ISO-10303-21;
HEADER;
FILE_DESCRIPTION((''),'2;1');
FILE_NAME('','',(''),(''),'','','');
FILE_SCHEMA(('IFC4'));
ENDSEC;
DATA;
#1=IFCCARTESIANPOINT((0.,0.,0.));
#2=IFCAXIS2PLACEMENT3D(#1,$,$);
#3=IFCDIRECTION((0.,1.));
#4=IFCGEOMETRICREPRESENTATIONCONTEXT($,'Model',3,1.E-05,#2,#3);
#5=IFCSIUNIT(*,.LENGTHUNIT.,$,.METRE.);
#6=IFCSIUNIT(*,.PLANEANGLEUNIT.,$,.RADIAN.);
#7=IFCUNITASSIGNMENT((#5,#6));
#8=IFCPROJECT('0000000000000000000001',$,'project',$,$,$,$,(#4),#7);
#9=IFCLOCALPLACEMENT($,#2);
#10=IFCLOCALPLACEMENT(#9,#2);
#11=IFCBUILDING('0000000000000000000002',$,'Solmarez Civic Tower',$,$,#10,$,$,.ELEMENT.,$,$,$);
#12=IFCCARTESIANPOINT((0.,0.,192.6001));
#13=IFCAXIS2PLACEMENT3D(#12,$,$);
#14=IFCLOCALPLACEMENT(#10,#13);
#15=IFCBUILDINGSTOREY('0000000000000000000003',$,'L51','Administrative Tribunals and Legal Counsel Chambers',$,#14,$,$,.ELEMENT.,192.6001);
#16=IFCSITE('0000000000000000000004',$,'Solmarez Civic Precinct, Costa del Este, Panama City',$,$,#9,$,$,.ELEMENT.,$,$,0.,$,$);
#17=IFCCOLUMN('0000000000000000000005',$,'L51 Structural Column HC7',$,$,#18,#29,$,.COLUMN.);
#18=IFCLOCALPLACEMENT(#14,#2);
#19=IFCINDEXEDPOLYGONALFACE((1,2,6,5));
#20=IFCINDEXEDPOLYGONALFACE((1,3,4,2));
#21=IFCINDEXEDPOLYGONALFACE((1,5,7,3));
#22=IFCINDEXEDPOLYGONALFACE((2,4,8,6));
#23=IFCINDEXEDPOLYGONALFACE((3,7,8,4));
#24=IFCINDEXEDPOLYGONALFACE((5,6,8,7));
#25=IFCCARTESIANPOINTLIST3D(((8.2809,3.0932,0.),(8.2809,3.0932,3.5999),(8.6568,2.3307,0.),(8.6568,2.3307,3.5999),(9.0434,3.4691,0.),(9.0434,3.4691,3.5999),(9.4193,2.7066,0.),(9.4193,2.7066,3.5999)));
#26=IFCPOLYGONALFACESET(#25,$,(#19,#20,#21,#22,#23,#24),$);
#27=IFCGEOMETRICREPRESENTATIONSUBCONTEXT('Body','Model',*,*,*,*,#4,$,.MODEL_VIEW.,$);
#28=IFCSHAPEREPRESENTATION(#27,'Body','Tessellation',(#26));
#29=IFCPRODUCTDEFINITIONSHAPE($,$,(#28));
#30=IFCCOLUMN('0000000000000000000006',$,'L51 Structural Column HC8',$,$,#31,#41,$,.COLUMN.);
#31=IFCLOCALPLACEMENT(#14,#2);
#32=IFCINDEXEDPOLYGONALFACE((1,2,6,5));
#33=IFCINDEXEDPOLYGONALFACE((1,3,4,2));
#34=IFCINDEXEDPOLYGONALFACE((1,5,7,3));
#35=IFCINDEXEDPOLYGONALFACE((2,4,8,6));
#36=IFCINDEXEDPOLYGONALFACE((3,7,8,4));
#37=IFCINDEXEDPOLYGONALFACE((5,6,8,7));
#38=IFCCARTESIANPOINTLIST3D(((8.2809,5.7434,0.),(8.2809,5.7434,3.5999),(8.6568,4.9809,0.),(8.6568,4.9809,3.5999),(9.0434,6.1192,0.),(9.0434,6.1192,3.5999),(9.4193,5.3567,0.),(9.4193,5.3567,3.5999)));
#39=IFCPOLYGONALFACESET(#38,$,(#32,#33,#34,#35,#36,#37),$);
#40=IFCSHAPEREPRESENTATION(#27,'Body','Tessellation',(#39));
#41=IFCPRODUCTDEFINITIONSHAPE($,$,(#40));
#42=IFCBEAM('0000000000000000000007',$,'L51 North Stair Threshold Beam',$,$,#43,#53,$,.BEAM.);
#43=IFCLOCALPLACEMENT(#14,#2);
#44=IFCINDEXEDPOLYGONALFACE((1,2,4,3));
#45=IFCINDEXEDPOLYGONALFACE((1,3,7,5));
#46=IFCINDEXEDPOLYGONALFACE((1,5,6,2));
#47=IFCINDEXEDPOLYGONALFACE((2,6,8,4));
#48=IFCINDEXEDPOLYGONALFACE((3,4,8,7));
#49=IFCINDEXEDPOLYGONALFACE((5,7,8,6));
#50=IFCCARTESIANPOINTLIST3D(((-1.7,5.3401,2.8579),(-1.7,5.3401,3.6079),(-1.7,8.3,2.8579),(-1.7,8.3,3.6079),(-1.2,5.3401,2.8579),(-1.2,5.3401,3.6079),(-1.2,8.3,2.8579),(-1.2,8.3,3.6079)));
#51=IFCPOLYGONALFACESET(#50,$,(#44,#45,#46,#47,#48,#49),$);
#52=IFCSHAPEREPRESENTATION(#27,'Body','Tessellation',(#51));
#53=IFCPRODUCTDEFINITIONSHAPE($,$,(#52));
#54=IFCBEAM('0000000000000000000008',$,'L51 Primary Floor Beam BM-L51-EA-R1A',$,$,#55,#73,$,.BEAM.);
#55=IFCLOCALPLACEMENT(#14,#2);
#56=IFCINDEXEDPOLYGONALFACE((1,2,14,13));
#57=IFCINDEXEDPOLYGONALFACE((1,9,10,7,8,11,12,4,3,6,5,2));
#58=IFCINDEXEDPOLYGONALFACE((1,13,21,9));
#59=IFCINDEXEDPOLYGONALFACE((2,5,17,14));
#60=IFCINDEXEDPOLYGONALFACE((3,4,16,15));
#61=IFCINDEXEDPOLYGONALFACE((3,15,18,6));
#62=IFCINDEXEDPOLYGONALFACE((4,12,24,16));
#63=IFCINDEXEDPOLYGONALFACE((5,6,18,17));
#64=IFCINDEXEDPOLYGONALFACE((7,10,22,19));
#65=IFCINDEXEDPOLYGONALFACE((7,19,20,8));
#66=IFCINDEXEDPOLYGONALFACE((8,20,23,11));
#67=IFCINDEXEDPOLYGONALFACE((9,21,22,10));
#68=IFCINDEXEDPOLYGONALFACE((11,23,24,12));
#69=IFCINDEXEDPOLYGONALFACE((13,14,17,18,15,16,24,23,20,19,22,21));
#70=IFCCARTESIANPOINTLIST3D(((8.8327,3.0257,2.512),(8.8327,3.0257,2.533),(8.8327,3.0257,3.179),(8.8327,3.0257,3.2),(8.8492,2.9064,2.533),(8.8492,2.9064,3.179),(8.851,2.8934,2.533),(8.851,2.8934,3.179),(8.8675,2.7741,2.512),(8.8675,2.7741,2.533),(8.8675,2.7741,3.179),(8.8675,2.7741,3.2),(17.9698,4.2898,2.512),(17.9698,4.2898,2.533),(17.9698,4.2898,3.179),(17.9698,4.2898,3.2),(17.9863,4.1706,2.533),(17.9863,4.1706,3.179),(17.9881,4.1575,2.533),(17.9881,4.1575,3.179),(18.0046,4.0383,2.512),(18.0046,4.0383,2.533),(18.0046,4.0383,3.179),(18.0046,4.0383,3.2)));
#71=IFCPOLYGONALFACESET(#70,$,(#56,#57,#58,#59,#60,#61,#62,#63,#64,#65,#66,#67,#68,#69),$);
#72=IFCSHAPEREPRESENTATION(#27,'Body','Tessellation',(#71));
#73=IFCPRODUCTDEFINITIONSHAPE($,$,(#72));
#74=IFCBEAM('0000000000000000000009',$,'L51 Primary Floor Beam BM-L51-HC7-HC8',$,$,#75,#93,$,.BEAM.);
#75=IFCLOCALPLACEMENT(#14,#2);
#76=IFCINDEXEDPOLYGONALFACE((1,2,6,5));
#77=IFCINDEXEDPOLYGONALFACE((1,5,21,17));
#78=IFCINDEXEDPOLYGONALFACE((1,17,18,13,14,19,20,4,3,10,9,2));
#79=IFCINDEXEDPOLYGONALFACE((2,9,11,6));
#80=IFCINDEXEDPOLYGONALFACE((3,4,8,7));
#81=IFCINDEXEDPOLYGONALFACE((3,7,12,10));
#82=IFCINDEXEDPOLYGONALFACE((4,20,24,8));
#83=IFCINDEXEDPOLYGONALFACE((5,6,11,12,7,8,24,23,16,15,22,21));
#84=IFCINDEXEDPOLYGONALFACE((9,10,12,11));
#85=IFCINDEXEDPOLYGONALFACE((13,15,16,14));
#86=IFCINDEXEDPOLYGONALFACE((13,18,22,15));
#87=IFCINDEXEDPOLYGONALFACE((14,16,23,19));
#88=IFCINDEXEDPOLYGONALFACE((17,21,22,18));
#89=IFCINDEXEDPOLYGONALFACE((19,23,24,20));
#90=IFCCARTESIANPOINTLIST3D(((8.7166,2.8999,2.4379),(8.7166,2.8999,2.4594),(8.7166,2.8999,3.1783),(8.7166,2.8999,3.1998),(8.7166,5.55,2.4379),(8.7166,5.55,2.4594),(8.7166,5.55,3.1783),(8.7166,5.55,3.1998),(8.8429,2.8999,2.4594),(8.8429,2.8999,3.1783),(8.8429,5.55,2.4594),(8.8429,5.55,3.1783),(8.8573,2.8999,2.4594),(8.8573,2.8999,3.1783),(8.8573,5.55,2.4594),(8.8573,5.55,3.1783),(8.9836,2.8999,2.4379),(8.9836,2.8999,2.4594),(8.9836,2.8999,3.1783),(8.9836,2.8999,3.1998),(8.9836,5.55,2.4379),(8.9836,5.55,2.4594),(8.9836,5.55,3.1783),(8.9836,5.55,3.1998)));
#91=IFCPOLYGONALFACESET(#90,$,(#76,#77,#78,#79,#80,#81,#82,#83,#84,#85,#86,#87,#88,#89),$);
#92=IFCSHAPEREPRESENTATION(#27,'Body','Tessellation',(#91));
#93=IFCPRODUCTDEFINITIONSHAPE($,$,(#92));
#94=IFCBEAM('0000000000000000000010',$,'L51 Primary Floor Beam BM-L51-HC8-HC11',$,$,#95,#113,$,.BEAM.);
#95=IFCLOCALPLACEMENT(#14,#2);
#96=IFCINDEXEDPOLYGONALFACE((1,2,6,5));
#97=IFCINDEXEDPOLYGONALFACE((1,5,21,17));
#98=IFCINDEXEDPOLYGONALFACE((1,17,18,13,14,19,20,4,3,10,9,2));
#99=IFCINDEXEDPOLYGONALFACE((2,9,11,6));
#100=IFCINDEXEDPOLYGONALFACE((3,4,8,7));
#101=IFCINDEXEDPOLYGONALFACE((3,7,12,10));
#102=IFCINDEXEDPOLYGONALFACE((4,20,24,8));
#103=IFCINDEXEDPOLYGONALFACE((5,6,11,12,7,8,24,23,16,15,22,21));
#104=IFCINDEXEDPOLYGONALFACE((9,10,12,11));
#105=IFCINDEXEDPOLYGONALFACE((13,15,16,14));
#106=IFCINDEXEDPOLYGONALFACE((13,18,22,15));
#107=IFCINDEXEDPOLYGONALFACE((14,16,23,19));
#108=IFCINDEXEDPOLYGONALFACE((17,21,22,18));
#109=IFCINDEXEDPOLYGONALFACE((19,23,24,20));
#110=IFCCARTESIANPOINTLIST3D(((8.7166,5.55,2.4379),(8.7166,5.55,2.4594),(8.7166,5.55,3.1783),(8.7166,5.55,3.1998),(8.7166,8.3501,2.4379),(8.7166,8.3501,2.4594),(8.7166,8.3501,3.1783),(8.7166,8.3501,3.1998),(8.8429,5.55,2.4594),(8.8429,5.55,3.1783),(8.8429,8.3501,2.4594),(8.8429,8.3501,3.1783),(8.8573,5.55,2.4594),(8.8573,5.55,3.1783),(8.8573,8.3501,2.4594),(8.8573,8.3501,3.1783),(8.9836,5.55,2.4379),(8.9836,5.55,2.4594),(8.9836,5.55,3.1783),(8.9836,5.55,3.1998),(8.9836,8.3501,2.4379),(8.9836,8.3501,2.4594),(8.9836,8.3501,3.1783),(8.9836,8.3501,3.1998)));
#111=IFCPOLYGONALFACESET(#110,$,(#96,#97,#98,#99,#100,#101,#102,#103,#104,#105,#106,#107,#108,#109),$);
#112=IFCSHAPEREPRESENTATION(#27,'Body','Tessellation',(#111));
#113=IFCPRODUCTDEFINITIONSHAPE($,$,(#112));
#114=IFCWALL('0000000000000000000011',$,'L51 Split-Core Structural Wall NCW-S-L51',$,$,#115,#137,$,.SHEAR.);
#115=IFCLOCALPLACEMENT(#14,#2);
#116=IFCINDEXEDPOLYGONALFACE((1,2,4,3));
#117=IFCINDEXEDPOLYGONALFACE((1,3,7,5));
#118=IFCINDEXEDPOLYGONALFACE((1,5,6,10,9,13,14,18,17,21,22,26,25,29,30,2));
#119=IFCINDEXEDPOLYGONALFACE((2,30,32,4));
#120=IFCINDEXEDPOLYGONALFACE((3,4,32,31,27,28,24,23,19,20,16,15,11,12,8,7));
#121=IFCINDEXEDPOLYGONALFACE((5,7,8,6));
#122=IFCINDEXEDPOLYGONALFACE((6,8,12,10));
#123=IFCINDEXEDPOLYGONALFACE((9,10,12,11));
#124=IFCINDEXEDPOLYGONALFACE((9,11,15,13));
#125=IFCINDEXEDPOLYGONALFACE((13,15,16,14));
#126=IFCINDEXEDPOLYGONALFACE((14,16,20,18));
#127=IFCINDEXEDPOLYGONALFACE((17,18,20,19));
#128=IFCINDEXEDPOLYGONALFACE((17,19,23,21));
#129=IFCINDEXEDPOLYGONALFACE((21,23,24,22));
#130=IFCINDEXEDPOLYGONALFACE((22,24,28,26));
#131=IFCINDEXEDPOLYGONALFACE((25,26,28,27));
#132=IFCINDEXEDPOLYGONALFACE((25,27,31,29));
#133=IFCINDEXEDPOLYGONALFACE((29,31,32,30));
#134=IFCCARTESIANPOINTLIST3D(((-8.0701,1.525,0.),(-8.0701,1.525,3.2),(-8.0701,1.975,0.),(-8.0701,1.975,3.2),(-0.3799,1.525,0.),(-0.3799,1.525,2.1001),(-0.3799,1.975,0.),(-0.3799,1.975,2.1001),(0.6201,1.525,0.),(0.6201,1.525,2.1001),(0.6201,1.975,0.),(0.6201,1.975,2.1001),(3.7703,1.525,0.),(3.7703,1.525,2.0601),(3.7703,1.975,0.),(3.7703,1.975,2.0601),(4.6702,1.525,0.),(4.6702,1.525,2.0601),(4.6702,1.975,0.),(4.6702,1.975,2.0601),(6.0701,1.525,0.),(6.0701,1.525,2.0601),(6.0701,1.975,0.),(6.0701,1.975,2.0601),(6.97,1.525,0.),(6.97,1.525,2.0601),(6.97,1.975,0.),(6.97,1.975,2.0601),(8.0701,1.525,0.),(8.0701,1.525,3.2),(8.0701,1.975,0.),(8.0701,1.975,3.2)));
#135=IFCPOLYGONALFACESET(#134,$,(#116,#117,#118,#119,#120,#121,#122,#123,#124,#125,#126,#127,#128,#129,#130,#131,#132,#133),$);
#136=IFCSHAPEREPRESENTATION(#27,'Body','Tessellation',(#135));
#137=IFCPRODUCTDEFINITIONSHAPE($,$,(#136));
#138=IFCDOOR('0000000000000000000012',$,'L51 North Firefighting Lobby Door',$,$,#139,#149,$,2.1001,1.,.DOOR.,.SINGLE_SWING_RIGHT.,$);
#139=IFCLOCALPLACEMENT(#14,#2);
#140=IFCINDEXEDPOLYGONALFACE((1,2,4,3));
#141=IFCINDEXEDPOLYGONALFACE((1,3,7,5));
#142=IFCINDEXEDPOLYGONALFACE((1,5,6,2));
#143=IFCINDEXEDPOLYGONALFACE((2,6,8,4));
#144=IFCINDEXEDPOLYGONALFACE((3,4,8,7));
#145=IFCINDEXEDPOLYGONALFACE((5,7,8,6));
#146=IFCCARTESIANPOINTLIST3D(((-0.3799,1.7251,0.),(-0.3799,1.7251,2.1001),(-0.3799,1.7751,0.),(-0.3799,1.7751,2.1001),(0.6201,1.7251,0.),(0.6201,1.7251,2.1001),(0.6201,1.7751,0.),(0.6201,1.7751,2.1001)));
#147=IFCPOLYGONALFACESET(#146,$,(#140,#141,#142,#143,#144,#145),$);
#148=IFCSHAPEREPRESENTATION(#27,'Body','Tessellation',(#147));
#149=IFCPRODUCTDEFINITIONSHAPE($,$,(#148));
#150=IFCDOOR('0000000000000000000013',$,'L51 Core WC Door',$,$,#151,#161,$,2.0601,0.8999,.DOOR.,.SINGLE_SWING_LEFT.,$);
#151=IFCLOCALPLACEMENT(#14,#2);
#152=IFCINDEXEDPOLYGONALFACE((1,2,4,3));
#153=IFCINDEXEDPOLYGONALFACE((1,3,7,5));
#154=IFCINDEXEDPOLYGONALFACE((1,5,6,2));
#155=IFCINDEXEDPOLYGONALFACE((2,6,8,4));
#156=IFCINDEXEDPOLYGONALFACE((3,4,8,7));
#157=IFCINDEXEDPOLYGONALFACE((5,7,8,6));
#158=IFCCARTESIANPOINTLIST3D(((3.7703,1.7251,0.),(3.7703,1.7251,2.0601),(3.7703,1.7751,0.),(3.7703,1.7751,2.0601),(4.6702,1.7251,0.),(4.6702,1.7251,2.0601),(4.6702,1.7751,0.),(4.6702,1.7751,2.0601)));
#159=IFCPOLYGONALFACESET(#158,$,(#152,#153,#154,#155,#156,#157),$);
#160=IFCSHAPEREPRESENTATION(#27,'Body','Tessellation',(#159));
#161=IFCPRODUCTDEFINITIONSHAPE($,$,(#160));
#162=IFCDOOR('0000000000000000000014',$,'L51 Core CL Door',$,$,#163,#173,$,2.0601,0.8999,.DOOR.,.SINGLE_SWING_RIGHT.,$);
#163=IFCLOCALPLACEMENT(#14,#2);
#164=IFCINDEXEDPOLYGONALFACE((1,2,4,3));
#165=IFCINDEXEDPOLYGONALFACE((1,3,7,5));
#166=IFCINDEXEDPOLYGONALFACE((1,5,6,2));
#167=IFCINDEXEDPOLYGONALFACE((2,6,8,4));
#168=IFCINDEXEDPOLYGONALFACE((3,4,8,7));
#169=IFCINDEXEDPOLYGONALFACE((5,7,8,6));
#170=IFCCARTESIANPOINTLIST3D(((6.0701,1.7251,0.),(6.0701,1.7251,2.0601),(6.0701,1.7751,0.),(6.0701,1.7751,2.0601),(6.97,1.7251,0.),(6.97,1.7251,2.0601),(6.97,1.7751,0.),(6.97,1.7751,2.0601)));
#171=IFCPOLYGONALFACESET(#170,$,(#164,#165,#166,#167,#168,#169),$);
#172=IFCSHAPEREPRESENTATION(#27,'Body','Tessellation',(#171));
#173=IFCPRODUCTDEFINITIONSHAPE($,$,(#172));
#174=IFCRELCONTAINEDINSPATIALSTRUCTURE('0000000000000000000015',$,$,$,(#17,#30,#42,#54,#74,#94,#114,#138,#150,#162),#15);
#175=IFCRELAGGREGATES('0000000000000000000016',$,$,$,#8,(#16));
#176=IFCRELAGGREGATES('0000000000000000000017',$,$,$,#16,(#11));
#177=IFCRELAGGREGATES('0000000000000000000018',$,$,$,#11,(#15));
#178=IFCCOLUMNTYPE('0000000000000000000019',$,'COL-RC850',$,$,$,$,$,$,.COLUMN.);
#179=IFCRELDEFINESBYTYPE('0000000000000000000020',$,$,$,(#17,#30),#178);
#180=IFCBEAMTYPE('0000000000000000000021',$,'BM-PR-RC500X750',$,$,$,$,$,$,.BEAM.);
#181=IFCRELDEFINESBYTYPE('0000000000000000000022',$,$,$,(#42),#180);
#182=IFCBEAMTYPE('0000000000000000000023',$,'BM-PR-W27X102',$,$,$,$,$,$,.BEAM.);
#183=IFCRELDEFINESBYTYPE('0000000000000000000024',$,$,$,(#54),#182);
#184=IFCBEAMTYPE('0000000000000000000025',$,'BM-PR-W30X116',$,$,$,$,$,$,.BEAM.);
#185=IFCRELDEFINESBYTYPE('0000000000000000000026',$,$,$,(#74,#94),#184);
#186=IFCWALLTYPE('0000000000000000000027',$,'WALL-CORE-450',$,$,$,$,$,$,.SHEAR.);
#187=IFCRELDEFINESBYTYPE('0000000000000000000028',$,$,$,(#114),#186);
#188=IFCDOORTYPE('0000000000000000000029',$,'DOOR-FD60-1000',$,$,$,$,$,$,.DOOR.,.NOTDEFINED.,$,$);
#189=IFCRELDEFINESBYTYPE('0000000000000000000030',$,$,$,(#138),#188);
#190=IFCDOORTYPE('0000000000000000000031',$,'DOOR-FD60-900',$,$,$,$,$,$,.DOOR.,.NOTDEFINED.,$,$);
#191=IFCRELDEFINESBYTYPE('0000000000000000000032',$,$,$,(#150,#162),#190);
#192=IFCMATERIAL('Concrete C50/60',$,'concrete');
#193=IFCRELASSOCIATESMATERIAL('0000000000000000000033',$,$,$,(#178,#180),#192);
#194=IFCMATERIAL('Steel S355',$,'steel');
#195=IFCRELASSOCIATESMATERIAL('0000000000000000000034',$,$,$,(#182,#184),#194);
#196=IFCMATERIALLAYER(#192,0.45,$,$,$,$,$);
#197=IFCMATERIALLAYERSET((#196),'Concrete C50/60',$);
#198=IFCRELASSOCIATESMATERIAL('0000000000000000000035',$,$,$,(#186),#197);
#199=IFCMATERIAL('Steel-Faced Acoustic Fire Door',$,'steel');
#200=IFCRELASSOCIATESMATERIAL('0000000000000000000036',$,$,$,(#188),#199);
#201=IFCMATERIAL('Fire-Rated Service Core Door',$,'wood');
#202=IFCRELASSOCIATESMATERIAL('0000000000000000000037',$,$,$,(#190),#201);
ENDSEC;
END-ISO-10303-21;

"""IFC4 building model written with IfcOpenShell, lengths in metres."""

from ifc_helpers import new_model, si_unit, direction, frame, frame_2d, origin, origin_2d, place, context, subcontext, project, spatial, rectangle, i_section, extrude, material, layer, layer_set, material_profile, profile_set, type_object, element, fill, save


model = new_model("IFC4")

# Units and contexts
model_context = context("Model", 3, precision=1e-05, world=origin(), true_north=direction((0.0, 1.0)))
body_context = subcontext(model_context, "Body", "Model", "MODEL_VIEW")
ifc_project = project(units=[si_unit("LENGTHUNIT", "METRE"), si_unit("PLANEANGLEUNIT", "RADIAN")], contexts=[model_context])

# Site, building, storey
site_placement = place(None, origin())
site = spatial("IfcSite", under=ifc_project, at=site_placement, Name="Solmarez Civic Precinct, Costa del Este, Panama City", CompositionType="ELEMENT", RefElevation=0.0)
building_placement = place(site_placement, origin())
building = spatial("IfcBuilding", under=site, at=building_placement, Name="Solmarez Civic Tower", CompositionType="ELEMENT")
storey_placement = place(building_placement, frame((0.0, 0.0, 192.6001)))
storey = spatial("IfcBuildingStorey", under=building, at=storey_placement, Name="L51", Description="Administrative Tribunals and Legal Counsel Chambers", CompositionType="ELEMENT", Elevation=192.6001)

# Columns
ifc_material_1 = material(Name="Concrete C50/60", Category="concrete")
ifc_material_profile_1 = material_profile(ifc_material_1, rectangle(XDim=0.8501, YDim=0.8501, at=origin_2d()), Name="RC850X850")
ifc_profile_set_1 = profile_set([ifc_material_profile_1], Name="Concrete C50/60")
column_type = type_object("IfcColumnType", Name="COL-RC850", PredefinedType="COLUMN", material=ifc_profile_set_1)
for number, where, z_axis, x_axis, name in (
    (1, (8.8501, 2.8999, 0.0), (0.0, 0.0, 1.0), (0.89695, 0.442132, 0.0), "L51 Structural Column HC7"),
    (2, (8.8501, 5.55, 0.0), (0.0, 0.0, 1.0), (0.89695, 0.442132, 0.0), "L51 Structural Column HC8"),
):
    element("IfcColumn", number, at=place(storey_placement, frame(where, z_axis=z_axis, x_axis=x_axis)), inside=storey, type_object=column_type, Name=name, PredefinedType="COLUMN", context=body_context, shape_type="SweptSolid", body=[
        extrude(rectangle(XDim=0.8501, YDim=0.8501, at=origin_2d()), origin(), (0.0, 0.0, 1.0), 3.5999),
    ])

# Beams
ifc_material_profile_2 = material_profile(ifc_material_1, rectangle(XDim=0.5, YDim=0.75, at=origin_2d()), Name="RC500X750")
ifc_profile_set_2 = profile_set([ifc_material_profile_2], Name="Concrete C50/60")
beam_type_1 = type_object("IfcBeamType", Name="BM-PR-RC500X750", PredefinedType="BEAM", material=ifc_profile_set_2)
beam_1_placement = place(storey_placement, frame((-1.45, 5.3401, 3.2329), z_axis=(0.0, 1.0, 0.0), x_axis=(-1.0, 0.0, 0.0)))
element("IfcBeam", 3, at=beam_1_placement, inside=storey, type_object=beam_type_1, Name="L51 North Stair Threshold Beam", PredefinedType="BEAM", context=body_context, shape_type="SweptSolid", body=[
    extrude(rectangle(XDim=0.5, YDim=0.75, at=origin_2d()), origin(), (0.0, 0.0, 1.0), 2.96),
])
ifc_material_2 = material(Name="Steel S355", Category="steel")
ifc_material_profile_3 = material_profile(ifc_material_2, i_section(OverallWidth=0.2539, OverallDepth=0.688, WebThickness=0.0132, FlangeThickness=0.021, at=origin_2d()), Name="W27X102")
ifc_profile_set_3 = profile_set([ifc_material_profile_3], Name="Steel S355")
beam_type_2 = type_object("IfcBeamType", Name="BM-PR-W27X102", PredefinedType="BEAM", material=ifc_profile_set_3)
beam_2_placement = place(storey_placement, frame((8.8501, 2.8999, 2.856), z_axis=(0.990564, 0.137051, 0.0), x_axis=(-0.137051, 0.990564, 0.0)))
element("IfcBeam", 4, at=beam_2_placement, inside=storey, type_object=beam_type_2, Name="L51 Primary Floor Beam BM-L51-EA-R1A", PredefinedType="BEAM", context=body_context, shape_type="SweptSolid", body=[
    extrude(i_section(OverallWidth=0.2539, OverallDepth=0.688, WebThickness=0.0132, FlangeThickness=0.021, at=origin_2d()), origin(), (0.0, 0.0, 1.0), 9.2241),
])
ifc_material_profile_4 = material_profile(ifc_material_2, i_section(OverallWidth=0.2671, OverallDepth=0.762, WebThickness=0.0144, FlangeThickness=0.0215, at=origin_2d()), Name="W30X116")
ifc_profile_set_4 = profile_set([ifc_material_profile_4], Name="Steel S355")
beam_type_3 = type_object("IfcBeamType", Name="BM-PR-W30X116", PredefinedType="BEAM", material=ifc_profile_set_4)
beam_3_placement = place(storey_placement, frame((8.8501, 2.8999, 2.8188), z_axis=(0.0, 1.0, 0.0), x_axis=(-1.0, 0.0, 0.0)))
element("IfcBeam", 5, at=beam_3_placement, inside=storey, type_object=beam_type_3, Name="L51 Primary Floor Beam BM-L51-HC7-HC8", PredefinedType="BEAM", context=body_context, shape_type="SweptSolid", body=[
    extrude(i_section(OverallWidth=0.2671, OverallDepth=0.762, WebThickness=0.0144, FlangeThickness=0.0215, at=origin_2d()), origin(), (0.0, 0.0, 1.0), 2.6501),
])
beam_4_placement = place(storey_placement, frame((8.8501, 5.55, 2.8188), z_axis=(0.0, 1.0, 0.0), x_axis=(-1.0, 0.0, 0.0)))
element("IfcBeam", 6, at=beam_4_placement, inside=storey, type_object=beam_type_3, Name="L51 Primary Floor Beam BM-L51-HC8-HC11", PredefinedType="BEAM", context=body_context, shape_type="SweptSolid", body=[
    extrude(i_section(OverallWidth=0.2671, OverallDepth=0.762, WebThickness=0.0144, FlangeThickness=0.0215, at=origin_2d()), origin(), (0.0, 0.0, 1.0), 2.8),
])

# Wall, openings, doors
ifc_layer_1 = layer(ifc_material_1, 0.45)
ifc_layer_set_1 = layer_set([ifc_layer_1], Name="Concrete C50/60")
wall_type_1 = type_object("IfcWallType", Name="WALL-CORE-450", PredefinedType="SHEAR", material=ifc_layer_set_1)
wall_1_placement = place(storey_placement, frame((8.0701, 1.75, 0.0), z_axis=(0.0, 0.0, 1.0), x_axis=(-1.0, 0.0, 0.0)))
wall_1 = element("IfcWall", 7, at=wall_1_placement, inside=storey, type_object=wall_type_1, Name="L51 Split-Core Structural Wall NCW-S-L51", PredefinedType="SHEAR", context=body_context, shape_type="SweptSolid", body=[
    extrude(rectangle(XDim=16.1401, YDim=0.45, at=frame_2d((8.0701, 0.0))), origin(), (0.0, 0.0, 1.0), 3.2),
])
opening_1_placement = place(wall_1_placement, frame((7.45, 0.0, 0.0)))
opening_1 = element("IfcOpeningElement", 8, at=opening_1_placement, cuts=wall_1, PredefinedType="OPENING", context=body_context, shape_type="SweptSolid", body=[
    extrude(rectangle(XDim=1.0, YDim=2.1001, at=frame_2d((0.5, 1.05))), frame((0.0, 0.2349, 0.0), z_axis=(0.0, -1.0, 0.0), x_axis=(1.0, 0.0, 0.0)), (0.0, 0.0, 1.0), 0.47),
])
opening_2_placement = place(wall_1_placement, frame((3.3999, 0.0, 0.0)))
opening_2 = element("IfcOpeningElement", 9, at=opening_2_placement, cuts=wall_1, PredefinedType="OPENING", context=body_context, shape_type="SweptSolid", body=[
    extrude(rectangle(XDim=0.8999, YDim=2.0601, at=frame_2d((0.45, 1.03))), frame((0.0, 0.2349, 0.0), z_axis=(0.0, -1.0, 0.0), x_axis=(1.0, 0.0, 0.0)), (0.0, 0.0, 1.0), 0.47),
])
opening_3_placement = place(wall_1_placement, frame((1.1001, 0.0, 0.0)))
opening_3 = element("IfcOpeningElement", 10, at=opening_3_placement, cuts=wall_1, PredefinedType="OPENING", context=body_context, shape_type="SweptSolid", body=[
    extrude(rectangle(XDim=0.8999, YDim=2.0601, at=frame_2d((0.45, 1.03))), frame((0.0, 0.2349, 0.0), z_axis=(0.0, -1.0, 0.0), x_axis=(1.0, 0.0, 0.0)), (0.0, 0.0, 1.0), 0.47),
])
ifc_material_3 = material(Name="Steel-Faced Acoustic Fire Door", Category="steel")
door_type_1 = type_object("IfcDoorType", Name="DOOR-FD60-1000", OperationType="NOTDEFINED", PredefinedType="DOOR", material=ifc_material_3)
door_1_placement = place(opening_1_placement, origin())
door_1 = element("IfcDoor", 11, at=door_1_placement, inside=storey, type_object=door_type_1, Name="L51 North Firefighting Lobby Door", OperationType="SINGLE_SWING_RIGHT", OverallHeight=2.1001, OverallWidth=1.0, PredefinedType="DOOR", context=body_context, shape_type="SweptSolid", body=[
    extrude(rectangle(XDim=1.0, YDim=2.1001, at=frame_2d((0.5, 1.05))), frame((0.0, 0.0249, 0.0), z_axis=(0.0, -1.0, 0.0), x_axis=(1.0, 0.0, 0.0)), (0.0, 0.0, 1.0), 0.05),
])
fill(opening_1, door_1)
ifc_material_4 = material(Name="Fire-Rated Service Core Door", Category="wood")
door_type_2 = type_object("IfcDoorType", Name="DOOR-FD60-900", OperationType="NOTDEFINED", PredefinedType="DOOR", material=ifc_material_4)
door_2_placement = place(opening_2_placement, origin())
door_2 = element("IfcDoor", 12, at=door_2_placement, inside=storey, type_object=door_type_2, Name="L51 Core WC Door", OperationType="SINGLE_SWING_LEFT", OverallHeight=2.0601, OverallWidth=0.8999, PredefinedType="DOOR", context=body_context, shape_type="SweptSolid", body=[
    extrude(rectangle(XDim=0.8999, YDim=2.0601, at=frame_2d((0.45, 1.03))), frame((0.0, 0.0249, 0.0), z_axis=(0.0, -1.0, 0.0), x_axis=(1.0, 0.0, 0.0)), (0.0, 0.0, 1.0), 0.05),
])
fill(opening_2, door_2)
door_3_placement = place(opening_3_placement, origin())
door_3 = element("IfcDoor", 13, at=door_3_placement, inside=storey, type_object=door_type_2, Name="L51 Core CL Door", OperationType="SINGLE_SWING_RIGHT", OverallHeight=2.0601, OverallWidth=0.8999, PredefinedType="DOOR", context=body_context, shape_type="SweptSolid", body=[
    extrude(rectangle(XDim=0.8999, YDim=2.0601, at=frame_2d((0.45, 1.03))), frame((0.0, 0.0249, 0.0), z_axis=(0.0, -1.0, 0.0), x_axis=(1.0, 0.0, 0.0)), (0.0, 0.0, 1.0), 0.05),
])
fill(opening_3, door_3)

save(model, "model.ifc")
